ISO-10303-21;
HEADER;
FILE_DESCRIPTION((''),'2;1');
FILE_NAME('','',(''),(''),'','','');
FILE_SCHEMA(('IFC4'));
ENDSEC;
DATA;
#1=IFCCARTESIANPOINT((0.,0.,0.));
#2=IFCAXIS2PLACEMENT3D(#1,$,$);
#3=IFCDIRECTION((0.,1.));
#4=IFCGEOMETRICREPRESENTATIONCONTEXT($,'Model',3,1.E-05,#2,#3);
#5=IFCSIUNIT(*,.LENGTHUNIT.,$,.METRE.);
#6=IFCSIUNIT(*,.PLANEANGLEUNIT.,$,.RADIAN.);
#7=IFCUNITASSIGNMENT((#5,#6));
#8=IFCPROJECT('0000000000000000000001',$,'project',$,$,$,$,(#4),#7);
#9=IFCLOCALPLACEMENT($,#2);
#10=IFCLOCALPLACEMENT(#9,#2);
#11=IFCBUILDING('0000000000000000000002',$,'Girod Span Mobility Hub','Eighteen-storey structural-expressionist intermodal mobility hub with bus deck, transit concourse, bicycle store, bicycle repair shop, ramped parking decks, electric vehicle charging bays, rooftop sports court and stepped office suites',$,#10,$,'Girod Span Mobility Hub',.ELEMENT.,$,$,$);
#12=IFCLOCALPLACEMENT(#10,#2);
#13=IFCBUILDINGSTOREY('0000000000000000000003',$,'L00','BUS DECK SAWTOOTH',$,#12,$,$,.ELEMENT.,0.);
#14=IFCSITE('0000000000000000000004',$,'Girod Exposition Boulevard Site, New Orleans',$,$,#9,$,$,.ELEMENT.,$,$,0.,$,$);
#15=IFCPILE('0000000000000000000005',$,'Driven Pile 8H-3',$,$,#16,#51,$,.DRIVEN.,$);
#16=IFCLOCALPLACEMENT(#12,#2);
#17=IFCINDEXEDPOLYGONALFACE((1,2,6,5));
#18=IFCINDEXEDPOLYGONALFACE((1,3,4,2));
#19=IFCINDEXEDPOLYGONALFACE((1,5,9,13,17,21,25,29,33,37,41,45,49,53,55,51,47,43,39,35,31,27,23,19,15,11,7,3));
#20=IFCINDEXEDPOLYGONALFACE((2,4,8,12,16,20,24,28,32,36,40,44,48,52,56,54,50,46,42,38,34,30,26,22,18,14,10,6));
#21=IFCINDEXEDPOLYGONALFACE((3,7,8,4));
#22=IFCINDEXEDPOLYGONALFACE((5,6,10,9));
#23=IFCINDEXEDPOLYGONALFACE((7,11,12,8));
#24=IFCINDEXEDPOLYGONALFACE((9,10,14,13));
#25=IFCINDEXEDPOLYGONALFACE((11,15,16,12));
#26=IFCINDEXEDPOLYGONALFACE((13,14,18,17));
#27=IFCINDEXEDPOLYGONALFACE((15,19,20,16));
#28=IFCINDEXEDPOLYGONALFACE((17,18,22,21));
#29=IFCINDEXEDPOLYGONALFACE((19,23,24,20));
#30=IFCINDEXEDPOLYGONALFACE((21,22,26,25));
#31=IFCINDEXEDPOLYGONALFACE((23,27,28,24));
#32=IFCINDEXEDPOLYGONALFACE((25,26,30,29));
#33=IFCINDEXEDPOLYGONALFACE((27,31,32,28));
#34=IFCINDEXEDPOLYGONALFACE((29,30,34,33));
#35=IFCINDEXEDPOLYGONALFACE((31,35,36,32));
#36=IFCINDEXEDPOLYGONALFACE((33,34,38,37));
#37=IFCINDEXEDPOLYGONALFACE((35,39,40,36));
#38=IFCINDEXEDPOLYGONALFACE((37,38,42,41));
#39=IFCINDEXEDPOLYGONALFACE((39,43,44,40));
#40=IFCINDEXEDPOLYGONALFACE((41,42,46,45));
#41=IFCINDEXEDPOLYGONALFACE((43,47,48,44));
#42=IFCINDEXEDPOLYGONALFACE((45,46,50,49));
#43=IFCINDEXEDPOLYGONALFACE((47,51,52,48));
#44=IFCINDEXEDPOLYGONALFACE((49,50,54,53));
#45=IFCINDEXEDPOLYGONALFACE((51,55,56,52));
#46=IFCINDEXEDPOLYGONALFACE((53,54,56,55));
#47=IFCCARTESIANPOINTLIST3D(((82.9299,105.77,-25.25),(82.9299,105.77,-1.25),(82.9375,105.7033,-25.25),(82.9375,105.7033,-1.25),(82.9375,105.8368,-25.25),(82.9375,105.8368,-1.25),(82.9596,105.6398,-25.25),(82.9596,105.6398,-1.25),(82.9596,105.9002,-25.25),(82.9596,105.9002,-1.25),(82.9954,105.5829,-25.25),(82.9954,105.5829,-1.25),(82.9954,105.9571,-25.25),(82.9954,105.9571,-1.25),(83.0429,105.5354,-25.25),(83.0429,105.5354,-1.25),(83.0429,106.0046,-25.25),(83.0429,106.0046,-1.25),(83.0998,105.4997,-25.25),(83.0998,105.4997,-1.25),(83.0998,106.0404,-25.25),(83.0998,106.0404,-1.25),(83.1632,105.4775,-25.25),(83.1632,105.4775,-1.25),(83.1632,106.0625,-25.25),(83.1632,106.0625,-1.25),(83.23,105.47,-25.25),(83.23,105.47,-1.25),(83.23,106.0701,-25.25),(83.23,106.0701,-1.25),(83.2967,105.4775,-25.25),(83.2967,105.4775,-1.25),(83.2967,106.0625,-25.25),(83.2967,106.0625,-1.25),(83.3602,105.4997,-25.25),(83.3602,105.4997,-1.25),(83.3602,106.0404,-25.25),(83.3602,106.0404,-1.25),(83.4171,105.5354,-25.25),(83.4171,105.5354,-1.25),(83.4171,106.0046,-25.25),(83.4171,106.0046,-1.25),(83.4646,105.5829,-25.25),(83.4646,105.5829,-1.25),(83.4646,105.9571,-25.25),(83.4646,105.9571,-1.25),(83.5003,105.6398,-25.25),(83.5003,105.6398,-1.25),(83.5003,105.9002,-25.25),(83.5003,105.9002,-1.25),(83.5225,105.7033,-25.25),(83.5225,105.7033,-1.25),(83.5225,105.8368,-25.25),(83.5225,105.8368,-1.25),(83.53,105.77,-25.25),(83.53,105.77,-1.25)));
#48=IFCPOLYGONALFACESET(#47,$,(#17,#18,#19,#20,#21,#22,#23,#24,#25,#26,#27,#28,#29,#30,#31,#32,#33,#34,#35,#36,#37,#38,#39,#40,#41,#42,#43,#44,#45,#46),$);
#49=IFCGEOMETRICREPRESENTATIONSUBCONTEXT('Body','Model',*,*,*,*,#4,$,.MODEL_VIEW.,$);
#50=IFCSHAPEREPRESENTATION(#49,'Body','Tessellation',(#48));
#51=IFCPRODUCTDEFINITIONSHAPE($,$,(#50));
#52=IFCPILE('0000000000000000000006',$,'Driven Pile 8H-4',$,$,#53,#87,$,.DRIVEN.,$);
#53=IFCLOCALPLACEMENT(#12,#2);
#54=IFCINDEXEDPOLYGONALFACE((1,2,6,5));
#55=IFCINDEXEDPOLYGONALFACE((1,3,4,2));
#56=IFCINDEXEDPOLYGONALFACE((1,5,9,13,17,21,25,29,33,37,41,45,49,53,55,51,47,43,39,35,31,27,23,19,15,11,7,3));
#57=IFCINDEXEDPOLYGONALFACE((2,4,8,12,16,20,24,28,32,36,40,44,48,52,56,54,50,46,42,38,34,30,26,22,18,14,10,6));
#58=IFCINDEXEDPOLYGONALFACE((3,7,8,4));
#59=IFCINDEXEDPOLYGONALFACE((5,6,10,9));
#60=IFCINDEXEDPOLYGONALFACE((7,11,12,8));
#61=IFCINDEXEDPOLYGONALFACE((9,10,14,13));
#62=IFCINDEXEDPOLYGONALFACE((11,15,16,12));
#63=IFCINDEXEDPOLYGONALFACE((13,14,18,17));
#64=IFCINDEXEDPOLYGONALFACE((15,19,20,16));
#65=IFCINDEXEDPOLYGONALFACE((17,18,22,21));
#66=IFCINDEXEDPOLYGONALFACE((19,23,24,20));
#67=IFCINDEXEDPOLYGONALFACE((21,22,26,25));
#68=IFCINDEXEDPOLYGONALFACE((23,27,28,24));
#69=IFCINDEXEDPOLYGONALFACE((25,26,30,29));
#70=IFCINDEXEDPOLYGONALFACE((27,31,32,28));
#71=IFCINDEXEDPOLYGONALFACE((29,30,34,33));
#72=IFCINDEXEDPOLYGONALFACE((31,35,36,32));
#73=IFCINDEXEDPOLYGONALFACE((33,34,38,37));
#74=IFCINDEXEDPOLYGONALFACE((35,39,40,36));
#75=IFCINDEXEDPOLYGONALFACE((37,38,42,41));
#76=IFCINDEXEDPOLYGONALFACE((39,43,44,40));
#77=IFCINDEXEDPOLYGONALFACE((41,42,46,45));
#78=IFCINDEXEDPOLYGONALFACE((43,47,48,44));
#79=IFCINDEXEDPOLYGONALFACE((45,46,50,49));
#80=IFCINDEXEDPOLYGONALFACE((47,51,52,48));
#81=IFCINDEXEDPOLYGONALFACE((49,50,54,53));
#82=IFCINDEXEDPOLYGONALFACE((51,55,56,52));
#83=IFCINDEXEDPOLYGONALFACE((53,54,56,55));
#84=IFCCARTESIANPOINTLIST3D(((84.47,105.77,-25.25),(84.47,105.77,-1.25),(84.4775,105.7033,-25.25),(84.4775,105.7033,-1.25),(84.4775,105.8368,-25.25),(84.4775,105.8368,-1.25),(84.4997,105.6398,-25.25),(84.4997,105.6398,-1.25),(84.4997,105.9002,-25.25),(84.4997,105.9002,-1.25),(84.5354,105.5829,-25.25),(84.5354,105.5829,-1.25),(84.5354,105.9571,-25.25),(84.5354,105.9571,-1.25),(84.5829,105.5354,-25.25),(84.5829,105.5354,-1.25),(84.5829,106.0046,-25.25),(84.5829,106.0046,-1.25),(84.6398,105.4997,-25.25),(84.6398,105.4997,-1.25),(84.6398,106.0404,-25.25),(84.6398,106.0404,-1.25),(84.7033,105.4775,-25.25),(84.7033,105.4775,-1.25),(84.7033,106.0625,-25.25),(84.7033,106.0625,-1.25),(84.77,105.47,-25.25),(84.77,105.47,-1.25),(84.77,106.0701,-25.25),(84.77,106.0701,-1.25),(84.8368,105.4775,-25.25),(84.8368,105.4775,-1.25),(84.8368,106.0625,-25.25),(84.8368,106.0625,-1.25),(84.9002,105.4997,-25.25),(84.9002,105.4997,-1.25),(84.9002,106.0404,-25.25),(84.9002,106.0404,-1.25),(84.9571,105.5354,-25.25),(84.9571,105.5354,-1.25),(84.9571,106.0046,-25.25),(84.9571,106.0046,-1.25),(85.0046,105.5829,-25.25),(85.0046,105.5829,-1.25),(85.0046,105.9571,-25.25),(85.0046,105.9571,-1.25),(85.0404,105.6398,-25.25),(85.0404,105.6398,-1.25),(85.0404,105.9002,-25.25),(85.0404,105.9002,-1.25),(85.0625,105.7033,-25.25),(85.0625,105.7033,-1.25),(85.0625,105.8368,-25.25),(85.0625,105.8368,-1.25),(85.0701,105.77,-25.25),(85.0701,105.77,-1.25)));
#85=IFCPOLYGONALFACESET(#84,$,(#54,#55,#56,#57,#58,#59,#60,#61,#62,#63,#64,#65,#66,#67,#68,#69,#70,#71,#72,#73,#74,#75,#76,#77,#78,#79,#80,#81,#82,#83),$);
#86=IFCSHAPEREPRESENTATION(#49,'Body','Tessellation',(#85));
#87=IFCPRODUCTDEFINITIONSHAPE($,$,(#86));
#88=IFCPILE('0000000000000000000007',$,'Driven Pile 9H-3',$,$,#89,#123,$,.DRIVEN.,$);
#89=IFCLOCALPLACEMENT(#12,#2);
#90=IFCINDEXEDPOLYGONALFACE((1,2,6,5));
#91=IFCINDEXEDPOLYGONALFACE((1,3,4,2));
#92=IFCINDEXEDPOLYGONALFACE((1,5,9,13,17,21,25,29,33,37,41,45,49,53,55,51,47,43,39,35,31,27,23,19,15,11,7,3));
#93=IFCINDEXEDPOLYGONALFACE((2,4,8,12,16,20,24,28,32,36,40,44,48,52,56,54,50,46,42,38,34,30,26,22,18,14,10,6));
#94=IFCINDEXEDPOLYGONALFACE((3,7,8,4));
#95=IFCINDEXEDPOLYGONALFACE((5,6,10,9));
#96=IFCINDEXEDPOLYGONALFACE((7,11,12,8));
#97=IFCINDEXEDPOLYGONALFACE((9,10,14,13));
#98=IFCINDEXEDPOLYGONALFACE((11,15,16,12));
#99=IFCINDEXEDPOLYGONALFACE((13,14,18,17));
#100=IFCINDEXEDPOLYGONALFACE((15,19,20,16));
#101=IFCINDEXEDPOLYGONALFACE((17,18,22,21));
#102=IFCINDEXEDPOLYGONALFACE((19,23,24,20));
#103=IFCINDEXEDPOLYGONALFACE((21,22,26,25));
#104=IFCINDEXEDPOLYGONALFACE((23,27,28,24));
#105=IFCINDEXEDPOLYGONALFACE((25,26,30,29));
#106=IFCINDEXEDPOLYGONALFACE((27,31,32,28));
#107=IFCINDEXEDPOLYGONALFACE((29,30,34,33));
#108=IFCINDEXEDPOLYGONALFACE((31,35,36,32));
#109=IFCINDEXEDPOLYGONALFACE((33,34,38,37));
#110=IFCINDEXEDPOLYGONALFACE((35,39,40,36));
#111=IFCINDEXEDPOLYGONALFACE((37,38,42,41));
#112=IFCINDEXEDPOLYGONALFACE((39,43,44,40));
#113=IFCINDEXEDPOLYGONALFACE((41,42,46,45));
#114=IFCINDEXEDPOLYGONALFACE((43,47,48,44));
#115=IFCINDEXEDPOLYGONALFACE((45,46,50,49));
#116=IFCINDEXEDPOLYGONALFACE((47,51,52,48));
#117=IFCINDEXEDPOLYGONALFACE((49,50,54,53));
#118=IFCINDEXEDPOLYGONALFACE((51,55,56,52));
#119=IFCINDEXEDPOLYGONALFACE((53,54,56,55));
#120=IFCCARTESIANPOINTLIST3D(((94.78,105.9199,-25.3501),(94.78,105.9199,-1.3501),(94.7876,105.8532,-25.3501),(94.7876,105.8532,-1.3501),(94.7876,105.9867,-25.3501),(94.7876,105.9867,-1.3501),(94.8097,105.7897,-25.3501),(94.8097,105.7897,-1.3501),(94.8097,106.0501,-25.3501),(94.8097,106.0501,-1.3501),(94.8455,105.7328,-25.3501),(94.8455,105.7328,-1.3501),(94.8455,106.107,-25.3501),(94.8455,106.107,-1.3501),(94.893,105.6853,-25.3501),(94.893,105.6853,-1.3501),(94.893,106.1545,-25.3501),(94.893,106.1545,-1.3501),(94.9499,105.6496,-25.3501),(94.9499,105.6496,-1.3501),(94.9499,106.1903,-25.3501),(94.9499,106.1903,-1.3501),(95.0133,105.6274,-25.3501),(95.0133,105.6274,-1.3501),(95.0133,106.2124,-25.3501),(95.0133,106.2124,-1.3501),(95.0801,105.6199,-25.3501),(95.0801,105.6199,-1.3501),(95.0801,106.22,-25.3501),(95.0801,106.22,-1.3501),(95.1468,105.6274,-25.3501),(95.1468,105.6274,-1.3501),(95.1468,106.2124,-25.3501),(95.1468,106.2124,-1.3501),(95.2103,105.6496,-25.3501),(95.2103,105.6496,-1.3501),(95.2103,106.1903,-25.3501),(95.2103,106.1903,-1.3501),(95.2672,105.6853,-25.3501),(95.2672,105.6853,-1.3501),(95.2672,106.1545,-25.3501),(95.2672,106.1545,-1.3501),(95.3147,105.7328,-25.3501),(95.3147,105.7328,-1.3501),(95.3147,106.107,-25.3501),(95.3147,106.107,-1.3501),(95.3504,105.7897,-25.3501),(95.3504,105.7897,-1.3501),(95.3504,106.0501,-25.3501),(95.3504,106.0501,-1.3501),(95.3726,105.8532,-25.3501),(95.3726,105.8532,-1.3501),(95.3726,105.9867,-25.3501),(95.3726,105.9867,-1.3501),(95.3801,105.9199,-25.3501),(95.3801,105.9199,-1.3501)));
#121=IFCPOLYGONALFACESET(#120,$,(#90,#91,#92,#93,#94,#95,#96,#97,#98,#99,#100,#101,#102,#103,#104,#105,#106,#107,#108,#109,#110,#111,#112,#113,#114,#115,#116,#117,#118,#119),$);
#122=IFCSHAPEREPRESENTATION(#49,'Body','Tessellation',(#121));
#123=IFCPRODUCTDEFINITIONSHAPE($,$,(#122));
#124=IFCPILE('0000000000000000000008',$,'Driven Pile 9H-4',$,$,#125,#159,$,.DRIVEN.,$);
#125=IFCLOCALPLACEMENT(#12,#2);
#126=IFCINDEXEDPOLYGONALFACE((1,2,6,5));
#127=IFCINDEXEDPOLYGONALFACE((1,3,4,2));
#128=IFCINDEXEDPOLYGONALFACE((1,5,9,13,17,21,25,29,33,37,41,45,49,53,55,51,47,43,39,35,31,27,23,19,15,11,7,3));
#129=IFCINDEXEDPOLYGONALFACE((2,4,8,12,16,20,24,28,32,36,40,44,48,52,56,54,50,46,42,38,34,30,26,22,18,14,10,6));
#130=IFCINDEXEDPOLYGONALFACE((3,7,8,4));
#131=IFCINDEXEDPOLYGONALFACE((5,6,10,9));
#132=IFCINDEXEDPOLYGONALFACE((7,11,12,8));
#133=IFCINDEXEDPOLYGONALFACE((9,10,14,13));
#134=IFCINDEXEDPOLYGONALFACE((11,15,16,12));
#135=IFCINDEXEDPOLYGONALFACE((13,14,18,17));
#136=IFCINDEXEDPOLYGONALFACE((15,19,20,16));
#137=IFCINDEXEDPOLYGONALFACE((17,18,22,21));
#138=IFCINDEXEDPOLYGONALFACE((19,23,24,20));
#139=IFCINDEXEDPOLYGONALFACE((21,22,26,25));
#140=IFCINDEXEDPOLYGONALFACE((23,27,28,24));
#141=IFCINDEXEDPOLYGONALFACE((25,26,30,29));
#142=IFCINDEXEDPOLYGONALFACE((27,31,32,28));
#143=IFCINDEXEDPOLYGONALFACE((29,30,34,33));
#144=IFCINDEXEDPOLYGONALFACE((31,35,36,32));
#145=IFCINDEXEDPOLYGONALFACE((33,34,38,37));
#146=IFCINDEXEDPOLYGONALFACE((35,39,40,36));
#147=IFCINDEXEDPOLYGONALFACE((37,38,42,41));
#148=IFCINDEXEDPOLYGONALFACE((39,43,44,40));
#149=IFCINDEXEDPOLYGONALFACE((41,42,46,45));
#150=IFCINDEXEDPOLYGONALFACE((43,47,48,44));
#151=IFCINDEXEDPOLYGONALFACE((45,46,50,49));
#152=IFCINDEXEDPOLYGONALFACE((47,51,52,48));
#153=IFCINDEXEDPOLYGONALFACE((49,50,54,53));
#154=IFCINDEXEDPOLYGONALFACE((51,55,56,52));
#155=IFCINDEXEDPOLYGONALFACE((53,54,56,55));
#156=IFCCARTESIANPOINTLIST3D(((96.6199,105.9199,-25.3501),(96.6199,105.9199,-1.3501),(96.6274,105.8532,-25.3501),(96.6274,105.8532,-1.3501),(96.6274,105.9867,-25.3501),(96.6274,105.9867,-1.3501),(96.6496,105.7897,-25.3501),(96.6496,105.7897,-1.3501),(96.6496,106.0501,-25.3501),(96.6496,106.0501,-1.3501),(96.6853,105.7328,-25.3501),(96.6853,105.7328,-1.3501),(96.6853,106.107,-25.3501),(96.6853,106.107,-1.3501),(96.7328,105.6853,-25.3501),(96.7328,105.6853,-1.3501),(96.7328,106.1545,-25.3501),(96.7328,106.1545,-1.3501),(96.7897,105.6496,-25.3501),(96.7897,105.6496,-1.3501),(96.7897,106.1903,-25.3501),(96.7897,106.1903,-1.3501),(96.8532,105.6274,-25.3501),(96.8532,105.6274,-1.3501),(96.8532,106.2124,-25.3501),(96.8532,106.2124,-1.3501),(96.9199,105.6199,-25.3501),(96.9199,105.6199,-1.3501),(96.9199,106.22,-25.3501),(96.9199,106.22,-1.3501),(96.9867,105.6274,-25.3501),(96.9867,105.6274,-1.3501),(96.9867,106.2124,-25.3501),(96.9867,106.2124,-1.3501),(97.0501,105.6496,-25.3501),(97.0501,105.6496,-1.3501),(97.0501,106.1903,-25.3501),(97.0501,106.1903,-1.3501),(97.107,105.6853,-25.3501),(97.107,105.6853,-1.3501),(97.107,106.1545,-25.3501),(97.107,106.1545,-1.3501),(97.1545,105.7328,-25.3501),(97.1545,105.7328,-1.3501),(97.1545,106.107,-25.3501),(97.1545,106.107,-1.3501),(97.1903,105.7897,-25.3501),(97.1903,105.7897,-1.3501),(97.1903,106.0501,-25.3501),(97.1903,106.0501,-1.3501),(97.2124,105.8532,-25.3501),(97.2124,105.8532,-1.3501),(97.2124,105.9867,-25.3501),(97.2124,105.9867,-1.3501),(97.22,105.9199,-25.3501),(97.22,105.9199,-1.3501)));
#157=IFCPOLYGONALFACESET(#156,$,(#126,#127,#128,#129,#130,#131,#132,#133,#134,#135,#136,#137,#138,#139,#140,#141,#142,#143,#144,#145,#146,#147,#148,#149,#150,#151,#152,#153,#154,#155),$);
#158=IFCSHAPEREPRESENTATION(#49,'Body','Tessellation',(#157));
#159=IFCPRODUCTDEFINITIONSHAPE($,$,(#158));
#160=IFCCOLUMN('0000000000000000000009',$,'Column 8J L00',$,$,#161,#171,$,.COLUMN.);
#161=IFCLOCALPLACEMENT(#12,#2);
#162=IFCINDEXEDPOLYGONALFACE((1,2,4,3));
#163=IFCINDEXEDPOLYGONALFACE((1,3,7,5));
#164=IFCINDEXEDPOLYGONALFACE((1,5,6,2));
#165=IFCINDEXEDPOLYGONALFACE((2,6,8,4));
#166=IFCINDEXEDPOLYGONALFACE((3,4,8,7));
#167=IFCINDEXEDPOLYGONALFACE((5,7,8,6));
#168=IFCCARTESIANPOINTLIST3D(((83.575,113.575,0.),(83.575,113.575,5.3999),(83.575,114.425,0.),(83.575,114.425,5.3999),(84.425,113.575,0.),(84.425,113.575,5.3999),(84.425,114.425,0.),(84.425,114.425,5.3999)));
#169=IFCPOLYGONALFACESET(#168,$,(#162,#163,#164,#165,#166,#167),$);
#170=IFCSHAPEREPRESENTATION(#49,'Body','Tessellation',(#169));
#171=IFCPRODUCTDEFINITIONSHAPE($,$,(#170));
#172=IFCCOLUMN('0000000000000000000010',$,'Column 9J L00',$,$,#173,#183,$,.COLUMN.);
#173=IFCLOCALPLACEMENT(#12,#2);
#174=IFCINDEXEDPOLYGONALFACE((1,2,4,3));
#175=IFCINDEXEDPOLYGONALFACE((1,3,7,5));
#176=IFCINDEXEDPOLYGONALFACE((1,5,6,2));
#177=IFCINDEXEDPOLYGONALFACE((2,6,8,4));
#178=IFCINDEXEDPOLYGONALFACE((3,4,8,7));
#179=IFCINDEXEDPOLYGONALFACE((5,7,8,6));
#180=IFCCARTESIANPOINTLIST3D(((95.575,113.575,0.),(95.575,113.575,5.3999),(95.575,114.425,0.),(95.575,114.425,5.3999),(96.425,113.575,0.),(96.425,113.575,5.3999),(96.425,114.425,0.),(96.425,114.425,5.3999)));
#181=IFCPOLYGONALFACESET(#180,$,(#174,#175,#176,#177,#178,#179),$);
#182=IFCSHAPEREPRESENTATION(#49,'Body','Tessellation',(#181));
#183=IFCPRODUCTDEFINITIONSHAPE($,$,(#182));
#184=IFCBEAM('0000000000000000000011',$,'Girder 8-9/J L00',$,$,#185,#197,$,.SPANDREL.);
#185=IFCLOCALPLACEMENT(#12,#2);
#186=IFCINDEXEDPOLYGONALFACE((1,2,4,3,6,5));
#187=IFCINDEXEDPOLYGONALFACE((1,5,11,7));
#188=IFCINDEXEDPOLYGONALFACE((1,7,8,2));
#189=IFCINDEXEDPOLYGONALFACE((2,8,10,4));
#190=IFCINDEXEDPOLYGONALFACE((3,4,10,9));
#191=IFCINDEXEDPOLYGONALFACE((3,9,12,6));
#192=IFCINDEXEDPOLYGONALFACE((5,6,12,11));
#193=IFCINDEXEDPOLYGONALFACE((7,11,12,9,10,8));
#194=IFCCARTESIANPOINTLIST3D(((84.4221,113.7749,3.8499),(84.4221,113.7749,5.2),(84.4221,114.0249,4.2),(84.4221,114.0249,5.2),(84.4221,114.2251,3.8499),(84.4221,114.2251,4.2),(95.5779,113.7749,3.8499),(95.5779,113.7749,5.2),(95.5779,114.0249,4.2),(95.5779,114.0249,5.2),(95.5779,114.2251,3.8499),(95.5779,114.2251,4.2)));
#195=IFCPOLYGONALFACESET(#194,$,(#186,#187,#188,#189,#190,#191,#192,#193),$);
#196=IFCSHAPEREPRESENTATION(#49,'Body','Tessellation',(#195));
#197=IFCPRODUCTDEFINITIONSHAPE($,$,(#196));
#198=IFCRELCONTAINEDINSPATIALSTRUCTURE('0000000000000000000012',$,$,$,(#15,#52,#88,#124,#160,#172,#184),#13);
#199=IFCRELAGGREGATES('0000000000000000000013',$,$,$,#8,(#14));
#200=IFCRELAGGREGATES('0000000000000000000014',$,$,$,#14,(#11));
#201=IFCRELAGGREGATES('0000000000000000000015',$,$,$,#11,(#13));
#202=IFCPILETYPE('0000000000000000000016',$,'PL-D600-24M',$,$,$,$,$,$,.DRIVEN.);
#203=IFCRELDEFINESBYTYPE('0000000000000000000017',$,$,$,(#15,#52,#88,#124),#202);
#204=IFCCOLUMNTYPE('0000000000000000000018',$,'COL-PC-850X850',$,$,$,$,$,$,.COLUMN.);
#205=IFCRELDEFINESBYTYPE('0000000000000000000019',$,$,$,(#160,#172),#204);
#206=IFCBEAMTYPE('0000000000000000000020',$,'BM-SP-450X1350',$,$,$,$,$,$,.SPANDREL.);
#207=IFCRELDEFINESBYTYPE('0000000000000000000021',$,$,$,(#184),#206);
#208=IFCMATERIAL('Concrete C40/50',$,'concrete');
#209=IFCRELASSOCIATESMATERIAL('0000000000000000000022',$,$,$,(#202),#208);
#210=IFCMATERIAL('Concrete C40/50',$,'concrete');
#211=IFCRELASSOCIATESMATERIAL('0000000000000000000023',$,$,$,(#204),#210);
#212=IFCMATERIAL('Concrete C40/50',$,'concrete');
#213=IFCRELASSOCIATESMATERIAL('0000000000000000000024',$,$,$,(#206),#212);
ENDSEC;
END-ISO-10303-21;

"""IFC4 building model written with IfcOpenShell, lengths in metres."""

from ifc_helpers import new_model, si_unit, direction, frame, origin, origin_2d, place, context, subcontext, project, spatial, polyline, rectangle, circle, outline, extrude, material, material_profile, profile_set, type_object, element, save


model = new_model("IFC4")

# Units and contexts
model_context = context("Model", 3, precision=1e-05, world=origin(), true_north=direction((0.0, 1.0)))
body_context = subcontext(model_context, "Body", "Model", "MODEL_VIEW")
ifc_project = project(units=[si_unit("LENGTHUNIT", "METRE"), si_unit("PLANEANGLEUNIT", "RADIAN")], contexts=[model_context])

# Site, building, storey
site_placement = place(None, origin())
site = spatial("IfcSite", under=ifc_project, at=site_placement, Name="Girod Exposition Boulevard Site, New Orleans", CompositionType="ELEMENT", RefElevation=0.0)
building_placement = place(site_placement, origin())
building = spatial("IfcBuilding", under=site, at=building_placement, Name="Girod Span Mobility Hub", Description="Eighteen-storey structural-expressionist intermodal mobility hub with bus deck, transit concourse, bicycle store, bicycle repair shop, ramped parking decks, electric vehicle charging bays, rooftop sports court and stepped office suites", LongName="Girod Span Mobility Hub", CompositionType="ELEMENT")
storey_placement = place(building_placement, origin())
storey = spatial("IfcBuildingStorey", under=building, at=storey_placement, Name="L00", Description="BUS DECK SAWTOOTH", CompositionType="ELEMENT", Elevation=0.0)

# Piles
ifc_material_1 = material(Name="Concrete C40/50", Category="concrete")
ifc_material_profile_1 = material_profile(ifc_material_1, circle(Radius=0.3, at=origin_2d()), Name="PILE-D600")
ifc_profile_set_1 = profile_set([ifc_material_profile_1], Name="Concrete C40/50")
pile_type_1 = type_object("IfcPileType", Name="PL-D600-24M", PredefinedType="DRIVEN", material=ifc_profile_set_1)
for number, where, z_axis, x_axis, name in (
    (1, (83.23, 105.77, -1.25), (0.0, 0.0, -1.0), (1.0, 0.0, 0.0), "Driven Pile 8H-3"),
    (2, (84.77, 105.77, -1.25), (0.0, 0.0, -1.0), (1.0, 0.0, 0.0), "Driven Pile 8H-4"),
    (3, (95.0801, 105.9199, -1.3501), (0.0, 0.0, -1.0), (1.0, 0.0, 0.0), "Driven Pile 9H-3"),
    (4, (96.9199, 105.9199, -1.3501), (0.0, 0.0, -1.0), (1.0, 0.0, 0.0), "Driven Pile 9H-4"),
):
    element("IfcPile", number, at=place(storey_placement, frame(where, z_axis=z_axis, x_axis=x_axis)), inside=storey, type_object=pile_type_1, Name=name, PredefinedType="DRIVEN", context=body_context, shape_type="SweptSolid", body=[
        extrude(circle(Radius=0.3, at=origin_2d()), origin(), (0.0, 0.0, 1.0), 24.0),
    ])

# Columns
ifc_material_2 = material(Name="Concrete C40/50", Category="concrete")
ifc_material_profile_2 = material_profile(ifc_material_2, rectangle(XDim=0.8501, YDim=0.8501, at=origin_2d()), Name="PC-COL-850X850")
ifc_profile_set_2 = profile_set([ifc_material_profile_2], Name="Concrete C40/50")
column_type = type_object("IfcColumnType", Name="COL-PC-850X850", PredefinedType="COLUMN", material=ifc_profile_set_2)
for number, where, z_axis, x_axis, name in (
    (5, (84.0, 114.0, 0.0), (0.0, 0.0, 1.0), (1.0, 0.0, 0.0), "Column 8J L00"),
    (6, (96.0, 114.0, 0.0), (0.0, 0.0, 1.0), (1.0, 0.0, 0.0), "Column 9J L00"),
):
    element("IfcColumn", number, at=place(storey_placement, frame(where, z_axis=z_axis, x_axis=x_axis)), inside=storey, type_object=column_type, Name=name, PredefinedType="COLUMN", context=body_context, shape_type="SweptSolid", body=[
        extrude(rectangle(XDim=0.8501, YDim=0.8501, at=origin_2d()), origin(), (0.0, 0.0, 1.0), 5.3999),
    ])

# Beam
ifc_material_3 = material(Name="Concrete C40/50", Category="concrete")
ifc_material_profile_3 = material_profile(ifc_material_3, outline(polyline([(-0.2251, -0.675), (0.2251, -0.675), (0.2251, -0.325), (0.0249, -0.325), (0.0249, 0.675), (-0.2251, 0.675), (-0.2251, -0.675)])), Name="SP-450X1350")
ifc_profile_set_3 = profile_set([ifc_material_profile_3], Name="Concrete C40/50")
beam_type_1 = type_object("IfcBeamType", Name="BM-SP-450X1350", PredefinedType="SPANDREL", material=ifc_profile_set_3)
for number, where, z_axis, x_axis, name in (
    (7, (84.4221, 114.0, 4.5249), (1.0, 0.0, 0.0), (0.0, 1.0, 0.0), "Girder 8-9/J L00"),
):
    element("IfcBeam", number, at=place(storey_placement, frame(where, z_axis=z_axis, x_axis=x_axis)), inside=storey, type_object=beam_type_1, Name=name, PredefinedType="SPANDREL", context=body_context, shape_type="SweptSolid", body=[
        extrude(outline(polyline([(-0.2251, -0.675), (0.2251, -0.675), (0.2251, -0.325), (0.0249, -0.325), (0.0249, 0.675), (-0.2251, 0.675), (-0.2251, -0.675)])), origin(), (0.0, 0.0, 1.0), 11.1558),
    ])

save(model, "model.ifc")
